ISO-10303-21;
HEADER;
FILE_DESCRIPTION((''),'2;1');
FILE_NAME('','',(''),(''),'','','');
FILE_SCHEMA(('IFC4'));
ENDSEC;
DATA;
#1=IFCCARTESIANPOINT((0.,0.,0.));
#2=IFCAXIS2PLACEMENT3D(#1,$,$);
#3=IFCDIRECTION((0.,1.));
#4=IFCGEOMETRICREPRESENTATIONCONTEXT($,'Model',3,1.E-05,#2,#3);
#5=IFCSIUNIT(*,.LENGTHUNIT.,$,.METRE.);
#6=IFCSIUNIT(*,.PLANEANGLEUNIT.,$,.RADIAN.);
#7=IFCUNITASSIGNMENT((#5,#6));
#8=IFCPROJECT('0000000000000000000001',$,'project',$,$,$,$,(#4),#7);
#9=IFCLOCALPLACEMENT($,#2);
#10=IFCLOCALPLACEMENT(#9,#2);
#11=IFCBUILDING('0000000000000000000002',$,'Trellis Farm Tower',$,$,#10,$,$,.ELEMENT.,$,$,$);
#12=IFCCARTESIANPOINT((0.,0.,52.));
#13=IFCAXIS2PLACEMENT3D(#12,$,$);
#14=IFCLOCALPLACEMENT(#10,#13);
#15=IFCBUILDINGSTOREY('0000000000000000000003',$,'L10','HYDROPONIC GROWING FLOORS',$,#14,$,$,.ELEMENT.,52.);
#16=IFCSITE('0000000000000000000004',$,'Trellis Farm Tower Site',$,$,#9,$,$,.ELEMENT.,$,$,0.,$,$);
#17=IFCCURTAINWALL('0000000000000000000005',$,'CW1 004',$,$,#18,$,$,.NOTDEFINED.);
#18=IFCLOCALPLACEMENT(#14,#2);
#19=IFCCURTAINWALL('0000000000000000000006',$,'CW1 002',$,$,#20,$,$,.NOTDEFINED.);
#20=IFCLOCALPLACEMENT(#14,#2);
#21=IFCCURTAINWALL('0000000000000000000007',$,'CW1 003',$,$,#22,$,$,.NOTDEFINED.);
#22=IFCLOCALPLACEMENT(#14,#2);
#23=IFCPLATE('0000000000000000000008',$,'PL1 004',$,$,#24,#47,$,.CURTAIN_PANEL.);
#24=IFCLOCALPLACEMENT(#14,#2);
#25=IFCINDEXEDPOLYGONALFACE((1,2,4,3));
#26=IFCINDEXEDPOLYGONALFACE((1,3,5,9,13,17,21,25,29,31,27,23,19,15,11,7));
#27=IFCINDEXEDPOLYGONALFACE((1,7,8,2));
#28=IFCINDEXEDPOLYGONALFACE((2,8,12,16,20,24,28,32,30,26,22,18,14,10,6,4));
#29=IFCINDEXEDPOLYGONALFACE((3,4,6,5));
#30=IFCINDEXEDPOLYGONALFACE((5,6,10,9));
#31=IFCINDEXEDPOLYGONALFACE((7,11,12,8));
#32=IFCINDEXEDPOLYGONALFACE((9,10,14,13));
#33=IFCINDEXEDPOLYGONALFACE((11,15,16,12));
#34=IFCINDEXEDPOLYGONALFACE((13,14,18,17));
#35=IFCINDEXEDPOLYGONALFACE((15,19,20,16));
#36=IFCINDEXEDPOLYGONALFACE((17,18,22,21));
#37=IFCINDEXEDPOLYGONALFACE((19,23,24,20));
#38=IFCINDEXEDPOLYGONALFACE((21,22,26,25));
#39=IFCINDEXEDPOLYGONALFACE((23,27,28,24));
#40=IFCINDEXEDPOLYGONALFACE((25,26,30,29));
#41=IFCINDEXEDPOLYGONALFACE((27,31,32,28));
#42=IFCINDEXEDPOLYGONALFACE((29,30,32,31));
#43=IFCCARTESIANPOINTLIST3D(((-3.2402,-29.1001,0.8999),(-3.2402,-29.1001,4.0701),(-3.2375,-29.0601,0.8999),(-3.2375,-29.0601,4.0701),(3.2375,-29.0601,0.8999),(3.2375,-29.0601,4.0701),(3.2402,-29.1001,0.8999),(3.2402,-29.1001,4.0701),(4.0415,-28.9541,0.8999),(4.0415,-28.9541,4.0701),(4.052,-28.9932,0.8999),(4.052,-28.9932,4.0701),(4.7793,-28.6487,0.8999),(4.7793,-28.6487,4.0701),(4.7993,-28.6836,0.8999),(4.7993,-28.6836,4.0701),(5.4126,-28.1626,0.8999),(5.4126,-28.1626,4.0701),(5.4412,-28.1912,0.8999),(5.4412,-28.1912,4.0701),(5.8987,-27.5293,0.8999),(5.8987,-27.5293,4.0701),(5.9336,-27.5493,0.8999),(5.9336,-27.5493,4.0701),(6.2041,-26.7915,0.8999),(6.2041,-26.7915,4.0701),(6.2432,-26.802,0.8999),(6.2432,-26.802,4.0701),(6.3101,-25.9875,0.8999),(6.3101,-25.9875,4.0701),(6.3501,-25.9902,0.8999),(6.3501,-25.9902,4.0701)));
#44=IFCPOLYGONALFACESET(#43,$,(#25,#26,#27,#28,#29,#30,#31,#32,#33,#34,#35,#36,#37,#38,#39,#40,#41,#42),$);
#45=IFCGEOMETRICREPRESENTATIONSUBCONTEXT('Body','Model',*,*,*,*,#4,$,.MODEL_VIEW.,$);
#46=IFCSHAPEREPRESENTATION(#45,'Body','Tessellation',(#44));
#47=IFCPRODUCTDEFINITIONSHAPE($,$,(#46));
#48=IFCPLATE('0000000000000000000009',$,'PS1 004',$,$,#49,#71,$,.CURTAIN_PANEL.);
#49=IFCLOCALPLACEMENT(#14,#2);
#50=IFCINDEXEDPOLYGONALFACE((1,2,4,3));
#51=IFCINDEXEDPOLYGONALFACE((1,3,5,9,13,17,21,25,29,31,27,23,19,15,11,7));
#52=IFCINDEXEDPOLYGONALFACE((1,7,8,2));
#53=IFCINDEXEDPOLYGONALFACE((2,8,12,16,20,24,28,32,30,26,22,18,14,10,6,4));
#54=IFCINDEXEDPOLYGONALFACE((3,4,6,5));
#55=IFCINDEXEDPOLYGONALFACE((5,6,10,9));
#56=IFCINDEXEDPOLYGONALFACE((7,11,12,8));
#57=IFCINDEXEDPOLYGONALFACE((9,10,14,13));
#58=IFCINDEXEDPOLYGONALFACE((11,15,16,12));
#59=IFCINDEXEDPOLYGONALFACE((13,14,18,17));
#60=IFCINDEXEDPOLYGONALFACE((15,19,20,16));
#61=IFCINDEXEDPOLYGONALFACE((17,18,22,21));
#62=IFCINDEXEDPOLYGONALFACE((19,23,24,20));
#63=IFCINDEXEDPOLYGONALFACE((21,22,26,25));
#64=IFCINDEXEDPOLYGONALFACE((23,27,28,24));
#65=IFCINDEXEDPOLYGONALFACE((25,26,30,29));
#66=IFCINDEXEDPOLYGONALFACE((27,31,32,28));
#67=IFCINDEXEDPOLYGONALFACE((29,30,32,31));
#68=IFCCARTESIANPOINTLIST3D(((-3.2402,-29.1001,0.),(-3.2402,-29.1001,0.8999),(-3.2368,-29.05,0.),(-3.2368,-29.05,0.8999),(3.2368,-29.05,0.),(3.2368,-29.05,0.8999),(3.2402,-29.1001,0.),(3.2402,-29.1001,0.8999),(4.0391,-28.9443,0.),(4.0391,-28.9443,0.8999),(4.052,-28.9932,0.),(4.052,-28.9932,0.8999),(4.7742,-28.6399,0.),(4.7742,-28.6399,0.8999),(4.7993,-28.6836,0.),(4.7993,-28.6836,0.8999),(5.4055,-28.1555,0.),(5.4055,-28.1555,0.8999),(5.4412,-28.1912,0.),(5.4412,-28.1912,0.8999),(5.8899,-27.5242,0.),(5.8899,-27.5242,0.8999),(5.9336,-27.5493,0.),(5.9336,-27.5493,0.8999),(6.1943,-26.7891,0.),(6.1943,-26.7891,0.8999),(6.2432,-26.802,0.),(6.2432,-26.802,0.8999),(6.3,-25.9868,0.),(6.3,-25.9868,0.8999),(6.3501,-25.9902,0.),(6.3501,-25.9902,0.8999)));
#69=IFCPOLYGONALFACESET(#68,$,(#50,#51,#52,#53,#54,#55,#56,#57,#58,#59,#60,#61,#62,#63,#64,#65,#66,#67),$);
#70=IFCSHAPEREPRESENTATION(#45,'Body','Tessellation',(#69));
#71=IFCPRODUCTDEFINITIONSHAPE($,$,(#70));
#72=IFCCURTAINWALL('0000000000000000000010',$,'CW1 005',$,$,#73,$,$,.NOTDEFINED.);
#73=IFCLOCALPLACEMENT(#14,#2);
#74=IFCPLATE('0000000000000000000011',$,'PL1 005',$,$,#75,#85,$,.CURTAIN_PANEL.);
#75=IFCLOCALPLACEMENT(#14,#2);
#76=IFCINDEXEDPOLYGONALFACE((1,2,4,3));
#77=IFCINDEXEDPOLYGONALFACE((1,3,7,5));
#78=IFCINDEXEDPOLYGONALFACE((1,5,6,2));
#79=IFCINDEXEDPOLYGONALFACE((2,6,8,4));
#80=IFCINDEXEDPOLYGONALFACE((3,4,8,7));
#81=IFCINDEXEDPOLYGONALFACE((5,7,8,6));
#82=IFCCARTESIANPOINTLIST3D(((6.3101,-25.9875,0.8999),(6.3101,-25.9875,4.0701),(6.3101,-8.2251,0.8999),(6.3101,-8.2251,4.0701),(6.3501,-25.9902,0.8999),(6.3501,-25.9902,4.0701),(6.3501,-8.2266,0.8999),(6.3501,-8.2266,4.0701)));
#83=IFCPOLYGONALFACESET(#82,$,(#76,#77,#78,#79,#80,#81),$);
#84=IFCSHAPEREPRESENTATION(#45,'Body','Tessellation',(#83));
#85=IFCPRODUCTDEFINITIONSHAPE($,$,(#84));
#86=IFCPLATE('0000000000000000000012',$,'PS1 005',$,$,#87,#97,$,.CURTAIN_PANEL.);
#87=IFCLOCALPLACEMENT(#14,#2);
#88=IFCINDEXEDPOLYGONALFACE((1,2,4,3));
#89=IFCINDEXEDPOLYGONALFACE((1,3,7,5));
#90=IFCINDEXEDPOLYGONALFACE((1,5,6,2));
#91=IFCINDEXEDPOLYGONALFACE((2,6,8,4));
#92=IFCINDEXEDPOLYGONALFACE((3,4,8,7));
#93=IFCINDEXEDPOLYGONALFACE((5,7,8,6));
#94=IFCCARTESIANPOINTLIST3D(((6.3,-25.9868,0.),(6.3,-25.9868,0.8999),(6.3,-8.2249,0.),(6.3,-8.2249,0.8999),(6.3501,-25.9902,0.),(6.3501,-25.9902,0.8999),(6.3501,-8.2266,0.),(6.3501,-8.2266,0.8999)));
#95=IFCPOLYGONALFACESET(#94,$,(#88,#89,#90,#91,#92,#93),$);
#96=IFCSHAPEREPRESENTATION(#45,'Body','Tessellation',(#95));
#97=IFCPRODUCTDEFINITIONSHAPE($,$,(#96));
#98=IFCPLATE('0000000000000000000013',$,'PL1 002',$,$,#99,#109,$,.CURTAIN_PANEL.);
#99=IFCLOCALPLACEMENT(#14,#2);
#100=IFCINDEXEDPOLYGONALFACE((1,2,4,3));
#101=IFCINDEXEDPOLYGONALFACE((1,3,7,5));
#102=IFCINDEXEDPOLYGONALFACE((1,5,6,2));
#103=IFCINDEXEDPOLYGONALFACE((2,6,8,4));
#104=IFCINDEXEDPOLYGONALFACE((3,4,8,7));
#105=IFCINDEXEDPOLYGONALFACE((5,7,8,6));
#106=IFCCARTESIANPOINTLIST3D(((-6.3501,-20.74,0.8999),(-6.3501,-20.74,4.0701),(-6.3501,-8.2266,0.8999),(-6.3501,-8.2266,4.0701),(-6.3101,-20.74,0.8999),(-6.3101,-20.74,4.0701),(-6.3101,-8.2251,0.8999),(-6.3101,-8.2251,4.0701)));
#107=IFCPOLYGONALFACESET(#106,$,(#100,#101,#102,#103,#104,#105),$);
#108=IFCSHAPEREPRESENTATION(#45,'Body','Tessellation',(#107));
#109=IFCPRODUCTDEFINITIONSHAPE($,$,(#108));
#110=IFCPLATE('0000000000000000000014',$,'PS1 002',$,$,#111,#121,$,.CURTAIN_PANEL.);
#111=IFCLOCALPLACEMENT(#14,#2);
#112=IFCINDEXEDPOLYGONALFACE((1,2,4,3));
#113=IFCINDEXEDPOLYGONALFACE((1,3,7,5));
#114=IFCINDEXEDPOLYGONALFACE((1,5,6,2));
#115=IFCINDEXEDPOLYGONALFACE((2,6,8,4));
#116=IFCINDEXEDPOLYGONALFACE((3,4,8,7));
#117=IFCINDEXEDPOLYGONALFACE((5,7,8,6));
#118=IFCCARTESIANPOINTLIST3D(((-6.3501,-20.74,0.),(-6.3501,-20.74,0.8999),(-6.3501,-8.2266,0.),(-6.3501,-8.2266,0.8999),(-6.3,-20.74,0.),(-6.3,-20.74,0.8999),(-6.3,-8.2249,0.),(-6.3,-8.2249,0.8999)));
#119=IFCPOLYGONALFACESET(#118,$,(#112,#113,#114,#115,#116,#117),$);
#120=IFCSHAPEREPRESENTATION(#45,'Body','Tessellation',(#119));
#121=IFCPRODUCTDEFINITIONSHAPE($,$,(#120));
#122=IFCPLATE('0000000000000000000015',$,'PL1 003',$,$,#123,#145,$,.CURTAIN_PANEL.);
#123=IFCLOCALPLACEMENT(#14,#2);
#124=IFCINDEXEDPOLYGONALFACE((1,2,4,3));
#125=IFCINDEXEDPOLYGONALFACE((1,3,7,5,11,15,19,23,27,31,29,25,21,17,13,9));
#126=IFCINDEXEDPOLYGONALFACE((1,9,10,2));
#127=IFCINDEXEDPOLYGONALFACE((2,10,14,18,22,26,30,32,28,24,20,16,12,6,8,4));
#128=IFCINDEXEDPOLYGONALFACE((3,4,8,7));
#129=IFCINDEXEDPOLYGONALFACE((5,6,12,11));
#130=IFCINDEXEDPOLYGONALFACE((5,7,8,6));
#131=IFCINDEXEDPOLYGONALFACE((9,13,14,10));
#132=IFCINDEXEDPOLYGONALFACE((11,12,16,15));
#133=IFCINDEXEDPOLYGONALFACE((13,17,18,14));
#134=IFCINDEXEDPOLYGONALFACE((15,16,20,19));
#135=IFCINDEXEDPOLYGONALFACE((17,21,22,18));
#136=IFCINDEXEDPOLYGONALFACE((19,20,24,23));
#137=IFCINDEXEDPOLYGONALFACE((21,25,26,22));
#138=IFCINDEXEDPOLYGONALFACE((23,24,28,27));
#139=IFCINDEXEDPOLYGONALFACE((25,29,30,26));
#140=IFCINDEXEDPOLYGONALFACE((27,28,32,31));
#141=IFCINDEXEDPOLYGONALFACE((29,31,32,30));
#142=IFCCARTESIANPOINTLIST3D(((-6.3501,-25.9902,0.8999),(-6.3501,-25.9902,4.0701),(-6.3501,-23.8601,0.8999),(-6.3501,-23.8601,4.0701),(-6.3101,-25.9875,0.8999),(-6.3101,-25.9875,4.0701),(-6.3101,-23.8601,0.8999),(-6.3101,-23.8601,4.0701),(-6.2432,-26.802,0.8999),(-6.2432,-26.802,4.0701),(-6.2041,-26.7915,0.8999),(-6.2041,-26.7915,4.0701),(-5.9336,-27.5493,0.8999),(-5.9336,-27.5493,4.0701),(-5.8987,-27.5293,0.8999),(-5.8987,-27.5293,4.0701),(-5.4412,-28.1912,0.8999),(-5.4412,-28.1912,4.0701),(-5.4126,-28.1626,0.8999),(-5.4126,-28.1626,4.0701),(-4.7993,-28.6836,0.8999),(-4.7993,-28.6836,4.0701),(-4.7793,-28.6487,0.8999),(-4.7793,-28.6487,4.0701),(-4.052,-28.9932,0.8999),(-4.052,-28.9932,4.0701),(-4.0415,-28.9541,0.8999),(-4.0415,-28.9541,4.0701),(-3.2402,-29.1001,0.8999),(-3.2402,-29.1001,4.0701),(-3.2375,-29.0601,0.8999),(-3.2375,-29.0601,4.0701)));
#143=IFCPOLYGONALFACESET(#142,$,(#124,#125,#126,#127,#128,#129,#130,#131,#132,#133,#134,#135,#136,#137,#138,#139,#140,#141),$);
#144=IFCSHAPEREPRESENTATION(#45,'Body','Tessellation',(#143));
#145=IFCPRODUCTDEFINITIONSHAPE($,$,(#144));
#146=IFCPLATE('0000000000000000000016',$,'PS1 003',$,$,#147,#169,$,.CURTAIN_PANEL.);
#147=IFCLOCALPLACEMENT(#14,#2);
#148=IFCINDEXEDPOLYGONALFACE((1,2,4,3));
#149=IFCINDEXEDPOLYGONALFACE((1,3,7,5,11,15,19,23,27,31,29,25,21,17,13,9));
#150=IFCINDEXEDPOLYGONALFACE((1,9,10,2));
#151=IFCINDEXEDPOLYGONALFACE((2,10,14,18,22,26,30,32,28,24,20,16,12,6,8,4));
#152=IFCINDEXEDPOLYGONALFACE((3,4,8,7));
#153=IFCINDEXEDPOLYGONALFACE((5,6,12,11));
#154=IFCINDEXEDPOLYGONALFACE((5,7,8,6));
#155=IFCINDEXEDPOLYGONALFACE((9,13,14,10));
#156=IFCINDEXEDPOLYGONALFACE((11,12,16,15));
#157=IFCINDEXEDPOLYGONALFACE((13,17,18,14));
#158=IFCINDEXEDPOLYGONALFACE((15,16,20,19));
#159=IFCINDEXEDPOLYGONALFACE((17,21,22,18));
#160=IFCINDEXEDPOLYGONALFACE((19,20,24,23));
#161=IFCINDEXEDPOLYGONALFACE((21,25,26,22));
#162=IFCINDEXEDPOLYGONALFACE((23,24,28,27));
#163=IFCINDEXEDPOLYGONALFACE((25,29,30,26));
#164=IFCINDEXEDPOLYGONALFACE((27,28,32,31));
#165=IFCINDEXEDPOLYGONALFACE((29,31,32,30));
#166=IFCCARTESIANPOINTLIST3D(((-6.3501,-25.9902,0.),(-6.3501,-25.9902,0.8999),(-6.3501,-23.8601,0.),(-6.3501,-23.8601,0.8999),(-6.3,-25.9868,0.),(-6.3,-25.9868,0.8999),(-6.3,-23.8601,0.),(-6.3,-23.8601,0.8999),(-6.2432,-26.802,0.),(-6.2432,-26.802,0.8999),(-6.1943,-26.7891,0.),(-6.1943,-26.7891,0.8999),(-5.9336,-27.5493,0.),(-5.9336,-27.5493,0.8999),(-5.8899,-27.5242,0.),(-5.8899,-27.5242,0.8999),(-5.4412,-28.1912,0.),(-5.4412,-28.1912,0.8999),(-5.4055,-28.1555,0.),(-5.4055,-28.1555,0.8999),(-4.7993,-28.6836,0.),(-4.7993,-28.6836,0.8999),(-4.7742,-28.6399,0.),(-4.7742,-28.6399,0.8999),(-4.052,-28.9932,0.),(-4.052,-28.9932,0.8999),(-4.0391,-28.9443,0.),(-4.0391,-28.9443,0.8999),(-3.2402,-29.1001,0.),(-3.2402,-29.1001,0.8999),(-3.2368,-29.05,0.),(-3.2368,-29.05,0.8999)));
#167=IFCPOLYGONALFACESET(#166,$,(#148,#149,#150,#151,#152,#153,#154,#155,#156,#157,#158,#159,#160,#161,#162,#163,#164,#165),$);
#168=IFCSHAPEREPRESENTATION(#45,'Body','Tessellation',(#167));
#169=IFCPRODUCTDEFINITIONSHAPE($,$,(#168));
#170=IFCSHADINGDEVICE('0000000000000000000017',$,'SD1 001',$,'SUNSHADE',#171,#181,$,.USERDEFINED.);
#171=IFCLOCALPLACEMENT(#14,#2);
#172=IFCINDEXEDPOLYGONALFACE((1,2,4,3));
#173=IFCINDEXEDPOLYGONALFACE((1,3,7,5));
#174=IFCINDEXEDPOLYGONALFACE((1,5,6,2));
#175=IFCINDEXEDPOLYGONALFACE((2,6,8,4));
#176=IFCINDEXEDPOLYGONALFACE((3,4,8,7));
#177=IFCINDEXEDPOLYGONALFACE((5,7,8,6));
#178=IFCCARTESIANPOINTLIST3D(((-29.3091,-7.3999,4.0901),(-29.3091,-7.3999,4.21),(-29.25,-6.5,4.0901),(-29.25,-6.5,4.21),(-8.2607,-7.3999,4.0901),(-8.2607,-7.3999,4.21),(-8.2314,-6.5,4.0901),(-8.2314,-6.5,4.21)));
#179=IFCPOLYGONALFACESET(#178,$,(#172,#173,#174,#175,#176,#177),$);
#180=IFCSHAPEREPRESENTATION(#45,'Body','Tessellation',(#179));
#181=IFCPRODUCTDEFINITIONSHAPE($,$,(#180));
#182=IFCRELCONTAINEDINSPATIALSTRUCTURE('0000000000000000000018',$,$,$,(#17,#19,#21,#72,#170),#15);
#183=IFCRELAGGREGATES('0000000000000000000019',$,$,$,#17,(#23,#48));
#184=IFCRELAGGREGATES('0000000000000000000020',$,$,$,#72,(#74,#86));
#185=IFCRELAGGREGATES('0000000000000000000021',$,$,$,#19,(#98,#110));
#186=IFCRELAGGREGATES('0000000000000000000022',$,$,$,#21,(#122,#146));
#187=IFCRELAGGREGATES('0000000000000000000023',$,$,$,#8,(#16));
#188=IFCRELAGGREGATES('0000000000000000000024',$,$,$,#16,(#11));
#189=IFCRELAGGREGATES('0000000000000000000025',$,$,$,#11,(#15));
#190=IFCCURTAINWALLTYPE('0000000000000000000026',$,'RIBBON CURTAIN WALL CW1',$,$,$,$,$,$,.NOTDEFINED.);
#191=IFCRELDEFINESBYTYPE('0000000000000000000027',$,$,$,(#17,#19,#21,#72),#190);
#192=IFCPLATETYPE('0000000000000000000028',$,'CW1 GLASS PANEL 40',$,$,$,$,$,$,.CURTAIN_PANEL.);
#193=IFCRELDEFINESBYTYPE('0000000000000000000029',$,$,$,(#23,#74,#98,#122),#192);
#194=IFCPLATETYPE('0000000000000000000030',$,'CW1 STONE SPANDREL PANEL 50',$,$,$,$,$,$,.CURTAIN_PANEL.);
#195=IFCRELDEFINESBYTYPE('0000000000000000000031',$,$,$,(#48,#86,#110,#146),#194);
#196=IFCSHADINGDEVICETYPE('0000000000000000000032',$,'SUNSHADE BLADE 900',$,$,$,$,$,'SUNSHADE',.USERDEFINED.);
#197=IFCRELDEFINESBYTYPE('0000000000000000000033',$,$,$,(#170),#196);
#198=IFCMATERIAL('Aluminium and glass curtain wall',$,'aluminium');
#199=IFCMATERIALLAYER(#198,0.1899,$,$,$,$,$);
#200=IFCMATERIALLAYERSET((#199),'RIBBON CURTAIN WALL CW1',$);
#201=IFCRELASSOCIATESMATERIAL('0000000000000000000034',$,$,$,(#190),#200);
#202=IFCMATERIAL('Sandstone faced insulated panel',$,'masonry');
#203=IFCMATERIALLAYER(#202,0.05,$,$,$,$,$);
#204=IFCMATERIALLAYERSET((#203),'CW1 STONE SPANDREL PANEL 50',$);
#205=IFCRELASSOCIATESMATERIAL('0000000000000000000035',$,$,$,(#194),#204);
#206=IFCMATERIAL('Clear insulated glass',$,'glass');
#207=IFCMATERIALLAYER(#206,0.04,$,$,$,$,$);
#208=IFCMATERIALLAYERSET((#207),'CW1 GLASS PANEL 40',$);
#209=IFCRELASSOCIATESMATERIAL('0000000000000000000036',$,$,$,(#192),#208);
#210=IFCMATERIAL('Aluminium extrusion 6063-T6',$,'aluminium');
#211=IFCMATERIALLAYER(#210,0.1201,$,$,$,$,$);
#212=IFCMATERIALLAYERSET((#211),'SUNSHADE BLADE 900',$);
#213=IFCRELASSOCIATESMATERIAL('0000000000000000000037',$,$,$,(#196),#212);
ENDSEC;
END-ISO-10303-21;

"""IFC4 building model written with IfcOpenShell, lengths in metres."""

from ifc_helpers import new_model, si_unit, direction, frame, origin, place, context, subcontext, project, spatial, polyline, outline, extrude, source, transform, mapped, material, layer, layer_set, type_object, element, aggregate, save


model = new_model("IFC4")

# Units and contexts
model_context = context("Model", 3, precision=1e-05, world=origin(), true_north=direction((0.0, 1.0)))
body_context = subcontext(model_context, "Body", "Model", "MODEL_VIEW")
ifc_project = project(units=[si_unit("LENGTHUNIT", "METRE"), si_unit("PLANEANGLEUNIT", "RADIAN")], contexts=[model_context])

# Site, building, storey
site_placement = place(None, origin())
site = spatial("IfcSite", under=ifc_project, at=site_placement, Name="Trellis Farm Tower Site", CompositionType="ELEMENT", RefElevation=0.0)
building_placement = place(site_placement, origin())
building = spatial("IfcBuilding", under=site, at=building_placement, Name="Trellis Farm Tower", CompositionType="ELEMENT")
storey_placement = place(building_placement, frame((0.0, 0.0, 52.0)))
storey = spatial("IfcBuildingStorey", under=building, at=storey_placement, Name="L10", Description="HYDROPONIC GROWING FLOORS", CompositionType="ELEMENT", Elevation=52.0)

# Curtain walls
ifc_material_1 = material(Name="Aluminium and glass curtain wall", Category="aluminium")
ifc_layer_1 = layer(ifc_material_1, 0.1899)
ifc_layer_set_1 = layer_set([ifc_layer_1], Name="RIBBON CURTAIN WALL CW1")
curtain_wall_type_1 = type_object("IfcCurtainWallType", Name="RIBBON CURTAIN WALL CW1", PredefinedType="NOTDEFINED", material=ifc_layer_set_1)
placement_1 = place(storey_placement, origin())
ifc_material_2 = material(Name="Aluminium extrusion 6063-T6", Category="aluminium")
curtain_wall_1 = element("IfcCurtainWall", 1, at=placement_1, inside=storey, type_object=curtain_wall_type_1, Name="CW1 004", PredefinedType="NOTDEFINED")
curtain_wall_2 = element("IfcCurtainWall", 2, at=placement_1, inside=storey, type_object=curtain_wall_type_1, Name="CW1 002", PredefinedType="NOTDEFINED")
curtain_wall_3 = element("IfcCurtainWall", 3, at=placement_1, inside=storey, type_object=curtain_wall_type_1, Name="CW1 003", PredefinedType="NOTDEFINED")

# Plates
ifc_material_3 = material(Name="Sandstone faced insulated panel", Category="masonry")
ifc_layer_2 = layer(ifc_material_3, 0.05)
ifc_layer_set_2 = layer_set([ifc_layer_2], Name="CW1 STONE SPANDREL PANEL 50")
plate_type_1 = type_object("IfcPlateType", Name="CW1 STONE SPANDREL PANEL 50", PredefinedType="CURTAIN_PANEL", material=ifc_layer_set_2)
ifc_material_4 = material(Name="Clear insulated glass", Category="glass")
ifc_layer_3 = layer(ifc_material_4, 0.04)
ifc_layer_set_3 = layer_set([ifc_layer_3], Name="CW1 GLASS PANEL 40")
plate_type_2 = type_object("IfcPlateType", Name="CW1 GLASS PANEL 40", PredefinedType="CURTAIN_PANEL", material=ifc_layer_set_3)
shared_shape_1 = source(origin(), body_context, "Body", "SweptSolid", [
    extrude(outline(polyline([(-3.2402, -29.1001), (3.2402, -29.1001), (4.052, -28.9932), (4.7993, -28.6836), (5.4412, -28.1912), (5.9336, -27.5493), (6.2432, -26.802), (6.3501, -25.9902), (6.3101, -25.9875), (6.2041, -26.7915), (5.8987, -27.5293), (5.4126, -28.1626), (4.7793, -28.6487), (4.0415, -28.9541), (3.2375, -29.0601), (-3.2375, -29.0601), (-3.2402, -29.1001)])), origin(), (0.0, 0.0, 1.0), 3.1702),
])
placement_2 = place(storey_placement, frame((0.0, 0.0, 0.8999)))
plate_1 = element("IfcPlate", 4, at=placement_2, type_object=plate_type_2, Name="PL1 004", PredefinedType="CURTAIN_PANEL", context=body_context, shape_type="MappedRepresentation", body=[
    mapped(shared_shape_1, transform((0.0, 0.0, 0.0))),
])
shared_shape_2 = source(origin(), body_context, "Body", "SweptSolid", [
    extrude(outline(polyline([(-3.2402, -29.1001), (3.2402, -29.1001), (4.052, -28.9932), (4.7993, -28.6836), (5.4412, -28.1912), (5.9336, -27.5493), (6.2432, -26.802), (6.3501, -25.9902), (6.3, -25.9868), (6.1943, -26.7891), (5.8899, -27.5242), (5.4055, -28.1555), (4.7742, -28.6399), (4.0391, -28.9443), (3.2368, -29.05), (-3.2368, -29.05), (-3.2402, -29.1001)])), origin(), (0.0, 0.0, 1.0), 0.8999),
])
plate_2 = element("IfcPlate", 5, at=placement_1, type_object=plate_type_1, Name="PS1 004", PredefinedType="CURTAIN_PANEL", context=body_context, shape_type="MappedRepresentation", body=[
    mapped(shared_shape_2, transform((0.0, 0.0, 0.0))),
])
aggregate(curtain_wall_1, [plate_1, plate_2])

# Curtain wall, plates
curtain_wall_4 = element("IfcCurtainWall", 6, at=placement_1, inside=storey, type_object=curtain_wall_type_1, Name="CW1 005", PredefinedType="NOTDEFINED")
shared_shape_3 = source(origin(), body_context, "Body", "SweptSolid", [
    extrude(outline(polyline([(6.3501, -25.9902), (6.3501, -8.2266), (6.3101, -8.2251), (6.3101, -25.9875), (6.3501, -25.9902)])), origin(), (0.0, 0.0, 1.0), 3.1702),
])
plate_3 = element("IfcPlate", 7, at=placement_2, type_object=plate_type_2, Name="PL1 005", PredefinedType="CURTAIN_PANEL", context=body_context, shape_type="MappedRepresentation", body=[
    mapped(shared_shape_3, transform((0.0, 0.0, 0.0))),
])
shared_shape_4 = source(origin(), body_context, "Body", "SweptSolid", [
    extrude(outline(polyline([(6.3501, -25.9902), (6.3501, -8.2266), (6.3, -8.2249), (6.3, -25.9868), (6.3501, -25.9902)])), origin(), (0.0, 0.0, 1.0), 0.8999),
])
plate_4 = element("IfcPlate", 8, at=placement_1, type_object=plate_type_1, Name="PS1 005", PredefinedType="CURTAIN_PANEL", context=body_context, shape_type="MappedRepresentation", body=[
    mapped(shared_shape_4, transform((0.0, 0.0, 0.0))),
])
aggregate(curtain_wall_4, [plate_3, plate_4])

# Plates
shared_shape_5 = source(origin(), body_context, "Body", "SweptSolid", [
    extrude(outline(polyline([(-6.3501, -8.2266), (-6.3501, -20.74), (-6.3101, -20.74), (-6.3101, -8.2251), (-6.3501, -8.2266)])), origin(), (0.0, 0.0, 1.0), 3.1702),
])
plate_5 = element("IfcPlate", 9, at=placement_2, type_object=plate_type_2, Name="PL1 002", PredefinedType="CURTAIN_PANEL", context=body_context, shape_type="MappedRepresentation", body=[
    mapped(shared_shape_5, transform((0.0, 0.0, 0.0))),
])
shared_shape_6 = source(origin(), body_context, "Body", "SweptSolid", [
    extrude(outline(polyline([(-6.3501, -8.2266), (-6.3501, -20.74), (-6.3, -20.74), (-6.3, -8.2249), (-6.3501, -8.2266)])), origin(), (0.0, 0.0, 1.0), 0.8999),
])
plate_6 = element("IfcPlate", 10, at=placement_1, type_object=plate_type_1, Name="PS1 002", PredefinedType="CURTAIN_PANEL", context=body_context, shape_type="MappedRepresentation", body=[
    mapped(shared_shape_6, transform((0.0, 0.0, 0.0))),
])
aggregate(curtain_wall_2, [plate_5, plate_6])
shared_shape_7 = source(origin(), body_context, "Body", "SweptSolid", [
    extrude(outline(polyline([(-6.3501, -23.8601), (-6.3501, -25.9902), (-6.2432, -26.802), (-5.9336, -27.5493), (-5.4412, -28.1912), (-4.7993, -28.6836), (-4.052, -28.9932), (-3.2402, -29.1001), (-3.2375, -29.0601), (-4.0415, -28.9541), (-4.7793, -28.6487), (-5.4126, -28.1626), (-5.8987, -27.5293), (-6.2041, -26.7915), (-6.3101, -25.9875), (-6.3101, -23.8601), (-6.3501, -23.8601)])), origin(), (0.0, 0.0, 1.0), 3.1702),
])
plate_7 = element("IfcPlate", 11, at=placement_2, type_object=plate_type_2, Name="PL1 003", PredefinedType="CURTAIN_PANEL", context=body_context, shape_type="MappedRepresentation", body=[
    mapped(shared_shape_7, transform((0.0, 0.0, 0.0))),
])
shared_shape_8 = source(origin(), body_context, "Body", "SweptSolid", [
    extrude(outline(polyline([(-6.3501, -23.8601), (-6.3501, -25.9902), (-6.2432, -26.802), (-5.9336, -27.5493), (-5.4412, -28.1912), (-4.7993, -28.6836), (-4.052, -28.9932), (-3.2402, -29.1001), (-3.2368, -29.05), (-4.0391, -28.9443), (-4.7742, -28.6399), (-5.4055, -28.1555), (-5.8899, -27.5242), (-6.1943, -26.7891), (-6.3, -25.9868), (-6.3, -23.8601), (-6.3501, -23.8601)])), origin(), (0.0, 0.0, 1.0), 0.8999),
])
plate_8 = element("IfcPlate", 12, at=placement_1, type_object=plate_type_1, Name="PS1 003", PredefinedType="CURTAIN_PANEL", context=body_context, shape_type="MappedRepresentation", body=[
    mapped(shared_shape_8, transform((0.0, 0.0, 0.0))),
])
aggregate(curtain_wall_3, [plate_7, plate_8])

# Shading device
ifc_layer_4 = layer(ifc_material_2, 0.1201)
ifc_layer_set_4 = layer_set([ifc_layer_4], Name="SUNSHADE BLADE 900")
shading_device_type_1 = type_object("IfcShadingDeviceType", Name="SUNSHADE BLADE 900", ElementType="SUNSHADE", PredefinedType="USERDEFINED", material=ifc_layer_set_4)
shared_shape_9 = source(origin(), body_context, "Body", "SweptSolid", [
    extrude(outline(polyline([(-29.3091, -7.3999), (-8.2607, -7.3999), (-8.2314, -6.5), (-29.25, -6.5), (-29.3091, -7.3999)])), origin(), (0.0, 0.0, 1.0), 0.1199),
])
placement_3 = place(storey_placement, frame((0.0, 0.0, 4.0901)))
element("IfcShadingDevice", 13, at=placement_3, inside=storey, type_object=shading_device_type_1, Name="SD1 001", ObjectType="SUNSHADE", PredefinedType="USERDEFINED", context=body_context, shape_type="MappedRepresentation", body=[
    mapped(shared_shape_9, transform((0.0, 0.0, 0.0))),
])

save(model, "model.ifc")
